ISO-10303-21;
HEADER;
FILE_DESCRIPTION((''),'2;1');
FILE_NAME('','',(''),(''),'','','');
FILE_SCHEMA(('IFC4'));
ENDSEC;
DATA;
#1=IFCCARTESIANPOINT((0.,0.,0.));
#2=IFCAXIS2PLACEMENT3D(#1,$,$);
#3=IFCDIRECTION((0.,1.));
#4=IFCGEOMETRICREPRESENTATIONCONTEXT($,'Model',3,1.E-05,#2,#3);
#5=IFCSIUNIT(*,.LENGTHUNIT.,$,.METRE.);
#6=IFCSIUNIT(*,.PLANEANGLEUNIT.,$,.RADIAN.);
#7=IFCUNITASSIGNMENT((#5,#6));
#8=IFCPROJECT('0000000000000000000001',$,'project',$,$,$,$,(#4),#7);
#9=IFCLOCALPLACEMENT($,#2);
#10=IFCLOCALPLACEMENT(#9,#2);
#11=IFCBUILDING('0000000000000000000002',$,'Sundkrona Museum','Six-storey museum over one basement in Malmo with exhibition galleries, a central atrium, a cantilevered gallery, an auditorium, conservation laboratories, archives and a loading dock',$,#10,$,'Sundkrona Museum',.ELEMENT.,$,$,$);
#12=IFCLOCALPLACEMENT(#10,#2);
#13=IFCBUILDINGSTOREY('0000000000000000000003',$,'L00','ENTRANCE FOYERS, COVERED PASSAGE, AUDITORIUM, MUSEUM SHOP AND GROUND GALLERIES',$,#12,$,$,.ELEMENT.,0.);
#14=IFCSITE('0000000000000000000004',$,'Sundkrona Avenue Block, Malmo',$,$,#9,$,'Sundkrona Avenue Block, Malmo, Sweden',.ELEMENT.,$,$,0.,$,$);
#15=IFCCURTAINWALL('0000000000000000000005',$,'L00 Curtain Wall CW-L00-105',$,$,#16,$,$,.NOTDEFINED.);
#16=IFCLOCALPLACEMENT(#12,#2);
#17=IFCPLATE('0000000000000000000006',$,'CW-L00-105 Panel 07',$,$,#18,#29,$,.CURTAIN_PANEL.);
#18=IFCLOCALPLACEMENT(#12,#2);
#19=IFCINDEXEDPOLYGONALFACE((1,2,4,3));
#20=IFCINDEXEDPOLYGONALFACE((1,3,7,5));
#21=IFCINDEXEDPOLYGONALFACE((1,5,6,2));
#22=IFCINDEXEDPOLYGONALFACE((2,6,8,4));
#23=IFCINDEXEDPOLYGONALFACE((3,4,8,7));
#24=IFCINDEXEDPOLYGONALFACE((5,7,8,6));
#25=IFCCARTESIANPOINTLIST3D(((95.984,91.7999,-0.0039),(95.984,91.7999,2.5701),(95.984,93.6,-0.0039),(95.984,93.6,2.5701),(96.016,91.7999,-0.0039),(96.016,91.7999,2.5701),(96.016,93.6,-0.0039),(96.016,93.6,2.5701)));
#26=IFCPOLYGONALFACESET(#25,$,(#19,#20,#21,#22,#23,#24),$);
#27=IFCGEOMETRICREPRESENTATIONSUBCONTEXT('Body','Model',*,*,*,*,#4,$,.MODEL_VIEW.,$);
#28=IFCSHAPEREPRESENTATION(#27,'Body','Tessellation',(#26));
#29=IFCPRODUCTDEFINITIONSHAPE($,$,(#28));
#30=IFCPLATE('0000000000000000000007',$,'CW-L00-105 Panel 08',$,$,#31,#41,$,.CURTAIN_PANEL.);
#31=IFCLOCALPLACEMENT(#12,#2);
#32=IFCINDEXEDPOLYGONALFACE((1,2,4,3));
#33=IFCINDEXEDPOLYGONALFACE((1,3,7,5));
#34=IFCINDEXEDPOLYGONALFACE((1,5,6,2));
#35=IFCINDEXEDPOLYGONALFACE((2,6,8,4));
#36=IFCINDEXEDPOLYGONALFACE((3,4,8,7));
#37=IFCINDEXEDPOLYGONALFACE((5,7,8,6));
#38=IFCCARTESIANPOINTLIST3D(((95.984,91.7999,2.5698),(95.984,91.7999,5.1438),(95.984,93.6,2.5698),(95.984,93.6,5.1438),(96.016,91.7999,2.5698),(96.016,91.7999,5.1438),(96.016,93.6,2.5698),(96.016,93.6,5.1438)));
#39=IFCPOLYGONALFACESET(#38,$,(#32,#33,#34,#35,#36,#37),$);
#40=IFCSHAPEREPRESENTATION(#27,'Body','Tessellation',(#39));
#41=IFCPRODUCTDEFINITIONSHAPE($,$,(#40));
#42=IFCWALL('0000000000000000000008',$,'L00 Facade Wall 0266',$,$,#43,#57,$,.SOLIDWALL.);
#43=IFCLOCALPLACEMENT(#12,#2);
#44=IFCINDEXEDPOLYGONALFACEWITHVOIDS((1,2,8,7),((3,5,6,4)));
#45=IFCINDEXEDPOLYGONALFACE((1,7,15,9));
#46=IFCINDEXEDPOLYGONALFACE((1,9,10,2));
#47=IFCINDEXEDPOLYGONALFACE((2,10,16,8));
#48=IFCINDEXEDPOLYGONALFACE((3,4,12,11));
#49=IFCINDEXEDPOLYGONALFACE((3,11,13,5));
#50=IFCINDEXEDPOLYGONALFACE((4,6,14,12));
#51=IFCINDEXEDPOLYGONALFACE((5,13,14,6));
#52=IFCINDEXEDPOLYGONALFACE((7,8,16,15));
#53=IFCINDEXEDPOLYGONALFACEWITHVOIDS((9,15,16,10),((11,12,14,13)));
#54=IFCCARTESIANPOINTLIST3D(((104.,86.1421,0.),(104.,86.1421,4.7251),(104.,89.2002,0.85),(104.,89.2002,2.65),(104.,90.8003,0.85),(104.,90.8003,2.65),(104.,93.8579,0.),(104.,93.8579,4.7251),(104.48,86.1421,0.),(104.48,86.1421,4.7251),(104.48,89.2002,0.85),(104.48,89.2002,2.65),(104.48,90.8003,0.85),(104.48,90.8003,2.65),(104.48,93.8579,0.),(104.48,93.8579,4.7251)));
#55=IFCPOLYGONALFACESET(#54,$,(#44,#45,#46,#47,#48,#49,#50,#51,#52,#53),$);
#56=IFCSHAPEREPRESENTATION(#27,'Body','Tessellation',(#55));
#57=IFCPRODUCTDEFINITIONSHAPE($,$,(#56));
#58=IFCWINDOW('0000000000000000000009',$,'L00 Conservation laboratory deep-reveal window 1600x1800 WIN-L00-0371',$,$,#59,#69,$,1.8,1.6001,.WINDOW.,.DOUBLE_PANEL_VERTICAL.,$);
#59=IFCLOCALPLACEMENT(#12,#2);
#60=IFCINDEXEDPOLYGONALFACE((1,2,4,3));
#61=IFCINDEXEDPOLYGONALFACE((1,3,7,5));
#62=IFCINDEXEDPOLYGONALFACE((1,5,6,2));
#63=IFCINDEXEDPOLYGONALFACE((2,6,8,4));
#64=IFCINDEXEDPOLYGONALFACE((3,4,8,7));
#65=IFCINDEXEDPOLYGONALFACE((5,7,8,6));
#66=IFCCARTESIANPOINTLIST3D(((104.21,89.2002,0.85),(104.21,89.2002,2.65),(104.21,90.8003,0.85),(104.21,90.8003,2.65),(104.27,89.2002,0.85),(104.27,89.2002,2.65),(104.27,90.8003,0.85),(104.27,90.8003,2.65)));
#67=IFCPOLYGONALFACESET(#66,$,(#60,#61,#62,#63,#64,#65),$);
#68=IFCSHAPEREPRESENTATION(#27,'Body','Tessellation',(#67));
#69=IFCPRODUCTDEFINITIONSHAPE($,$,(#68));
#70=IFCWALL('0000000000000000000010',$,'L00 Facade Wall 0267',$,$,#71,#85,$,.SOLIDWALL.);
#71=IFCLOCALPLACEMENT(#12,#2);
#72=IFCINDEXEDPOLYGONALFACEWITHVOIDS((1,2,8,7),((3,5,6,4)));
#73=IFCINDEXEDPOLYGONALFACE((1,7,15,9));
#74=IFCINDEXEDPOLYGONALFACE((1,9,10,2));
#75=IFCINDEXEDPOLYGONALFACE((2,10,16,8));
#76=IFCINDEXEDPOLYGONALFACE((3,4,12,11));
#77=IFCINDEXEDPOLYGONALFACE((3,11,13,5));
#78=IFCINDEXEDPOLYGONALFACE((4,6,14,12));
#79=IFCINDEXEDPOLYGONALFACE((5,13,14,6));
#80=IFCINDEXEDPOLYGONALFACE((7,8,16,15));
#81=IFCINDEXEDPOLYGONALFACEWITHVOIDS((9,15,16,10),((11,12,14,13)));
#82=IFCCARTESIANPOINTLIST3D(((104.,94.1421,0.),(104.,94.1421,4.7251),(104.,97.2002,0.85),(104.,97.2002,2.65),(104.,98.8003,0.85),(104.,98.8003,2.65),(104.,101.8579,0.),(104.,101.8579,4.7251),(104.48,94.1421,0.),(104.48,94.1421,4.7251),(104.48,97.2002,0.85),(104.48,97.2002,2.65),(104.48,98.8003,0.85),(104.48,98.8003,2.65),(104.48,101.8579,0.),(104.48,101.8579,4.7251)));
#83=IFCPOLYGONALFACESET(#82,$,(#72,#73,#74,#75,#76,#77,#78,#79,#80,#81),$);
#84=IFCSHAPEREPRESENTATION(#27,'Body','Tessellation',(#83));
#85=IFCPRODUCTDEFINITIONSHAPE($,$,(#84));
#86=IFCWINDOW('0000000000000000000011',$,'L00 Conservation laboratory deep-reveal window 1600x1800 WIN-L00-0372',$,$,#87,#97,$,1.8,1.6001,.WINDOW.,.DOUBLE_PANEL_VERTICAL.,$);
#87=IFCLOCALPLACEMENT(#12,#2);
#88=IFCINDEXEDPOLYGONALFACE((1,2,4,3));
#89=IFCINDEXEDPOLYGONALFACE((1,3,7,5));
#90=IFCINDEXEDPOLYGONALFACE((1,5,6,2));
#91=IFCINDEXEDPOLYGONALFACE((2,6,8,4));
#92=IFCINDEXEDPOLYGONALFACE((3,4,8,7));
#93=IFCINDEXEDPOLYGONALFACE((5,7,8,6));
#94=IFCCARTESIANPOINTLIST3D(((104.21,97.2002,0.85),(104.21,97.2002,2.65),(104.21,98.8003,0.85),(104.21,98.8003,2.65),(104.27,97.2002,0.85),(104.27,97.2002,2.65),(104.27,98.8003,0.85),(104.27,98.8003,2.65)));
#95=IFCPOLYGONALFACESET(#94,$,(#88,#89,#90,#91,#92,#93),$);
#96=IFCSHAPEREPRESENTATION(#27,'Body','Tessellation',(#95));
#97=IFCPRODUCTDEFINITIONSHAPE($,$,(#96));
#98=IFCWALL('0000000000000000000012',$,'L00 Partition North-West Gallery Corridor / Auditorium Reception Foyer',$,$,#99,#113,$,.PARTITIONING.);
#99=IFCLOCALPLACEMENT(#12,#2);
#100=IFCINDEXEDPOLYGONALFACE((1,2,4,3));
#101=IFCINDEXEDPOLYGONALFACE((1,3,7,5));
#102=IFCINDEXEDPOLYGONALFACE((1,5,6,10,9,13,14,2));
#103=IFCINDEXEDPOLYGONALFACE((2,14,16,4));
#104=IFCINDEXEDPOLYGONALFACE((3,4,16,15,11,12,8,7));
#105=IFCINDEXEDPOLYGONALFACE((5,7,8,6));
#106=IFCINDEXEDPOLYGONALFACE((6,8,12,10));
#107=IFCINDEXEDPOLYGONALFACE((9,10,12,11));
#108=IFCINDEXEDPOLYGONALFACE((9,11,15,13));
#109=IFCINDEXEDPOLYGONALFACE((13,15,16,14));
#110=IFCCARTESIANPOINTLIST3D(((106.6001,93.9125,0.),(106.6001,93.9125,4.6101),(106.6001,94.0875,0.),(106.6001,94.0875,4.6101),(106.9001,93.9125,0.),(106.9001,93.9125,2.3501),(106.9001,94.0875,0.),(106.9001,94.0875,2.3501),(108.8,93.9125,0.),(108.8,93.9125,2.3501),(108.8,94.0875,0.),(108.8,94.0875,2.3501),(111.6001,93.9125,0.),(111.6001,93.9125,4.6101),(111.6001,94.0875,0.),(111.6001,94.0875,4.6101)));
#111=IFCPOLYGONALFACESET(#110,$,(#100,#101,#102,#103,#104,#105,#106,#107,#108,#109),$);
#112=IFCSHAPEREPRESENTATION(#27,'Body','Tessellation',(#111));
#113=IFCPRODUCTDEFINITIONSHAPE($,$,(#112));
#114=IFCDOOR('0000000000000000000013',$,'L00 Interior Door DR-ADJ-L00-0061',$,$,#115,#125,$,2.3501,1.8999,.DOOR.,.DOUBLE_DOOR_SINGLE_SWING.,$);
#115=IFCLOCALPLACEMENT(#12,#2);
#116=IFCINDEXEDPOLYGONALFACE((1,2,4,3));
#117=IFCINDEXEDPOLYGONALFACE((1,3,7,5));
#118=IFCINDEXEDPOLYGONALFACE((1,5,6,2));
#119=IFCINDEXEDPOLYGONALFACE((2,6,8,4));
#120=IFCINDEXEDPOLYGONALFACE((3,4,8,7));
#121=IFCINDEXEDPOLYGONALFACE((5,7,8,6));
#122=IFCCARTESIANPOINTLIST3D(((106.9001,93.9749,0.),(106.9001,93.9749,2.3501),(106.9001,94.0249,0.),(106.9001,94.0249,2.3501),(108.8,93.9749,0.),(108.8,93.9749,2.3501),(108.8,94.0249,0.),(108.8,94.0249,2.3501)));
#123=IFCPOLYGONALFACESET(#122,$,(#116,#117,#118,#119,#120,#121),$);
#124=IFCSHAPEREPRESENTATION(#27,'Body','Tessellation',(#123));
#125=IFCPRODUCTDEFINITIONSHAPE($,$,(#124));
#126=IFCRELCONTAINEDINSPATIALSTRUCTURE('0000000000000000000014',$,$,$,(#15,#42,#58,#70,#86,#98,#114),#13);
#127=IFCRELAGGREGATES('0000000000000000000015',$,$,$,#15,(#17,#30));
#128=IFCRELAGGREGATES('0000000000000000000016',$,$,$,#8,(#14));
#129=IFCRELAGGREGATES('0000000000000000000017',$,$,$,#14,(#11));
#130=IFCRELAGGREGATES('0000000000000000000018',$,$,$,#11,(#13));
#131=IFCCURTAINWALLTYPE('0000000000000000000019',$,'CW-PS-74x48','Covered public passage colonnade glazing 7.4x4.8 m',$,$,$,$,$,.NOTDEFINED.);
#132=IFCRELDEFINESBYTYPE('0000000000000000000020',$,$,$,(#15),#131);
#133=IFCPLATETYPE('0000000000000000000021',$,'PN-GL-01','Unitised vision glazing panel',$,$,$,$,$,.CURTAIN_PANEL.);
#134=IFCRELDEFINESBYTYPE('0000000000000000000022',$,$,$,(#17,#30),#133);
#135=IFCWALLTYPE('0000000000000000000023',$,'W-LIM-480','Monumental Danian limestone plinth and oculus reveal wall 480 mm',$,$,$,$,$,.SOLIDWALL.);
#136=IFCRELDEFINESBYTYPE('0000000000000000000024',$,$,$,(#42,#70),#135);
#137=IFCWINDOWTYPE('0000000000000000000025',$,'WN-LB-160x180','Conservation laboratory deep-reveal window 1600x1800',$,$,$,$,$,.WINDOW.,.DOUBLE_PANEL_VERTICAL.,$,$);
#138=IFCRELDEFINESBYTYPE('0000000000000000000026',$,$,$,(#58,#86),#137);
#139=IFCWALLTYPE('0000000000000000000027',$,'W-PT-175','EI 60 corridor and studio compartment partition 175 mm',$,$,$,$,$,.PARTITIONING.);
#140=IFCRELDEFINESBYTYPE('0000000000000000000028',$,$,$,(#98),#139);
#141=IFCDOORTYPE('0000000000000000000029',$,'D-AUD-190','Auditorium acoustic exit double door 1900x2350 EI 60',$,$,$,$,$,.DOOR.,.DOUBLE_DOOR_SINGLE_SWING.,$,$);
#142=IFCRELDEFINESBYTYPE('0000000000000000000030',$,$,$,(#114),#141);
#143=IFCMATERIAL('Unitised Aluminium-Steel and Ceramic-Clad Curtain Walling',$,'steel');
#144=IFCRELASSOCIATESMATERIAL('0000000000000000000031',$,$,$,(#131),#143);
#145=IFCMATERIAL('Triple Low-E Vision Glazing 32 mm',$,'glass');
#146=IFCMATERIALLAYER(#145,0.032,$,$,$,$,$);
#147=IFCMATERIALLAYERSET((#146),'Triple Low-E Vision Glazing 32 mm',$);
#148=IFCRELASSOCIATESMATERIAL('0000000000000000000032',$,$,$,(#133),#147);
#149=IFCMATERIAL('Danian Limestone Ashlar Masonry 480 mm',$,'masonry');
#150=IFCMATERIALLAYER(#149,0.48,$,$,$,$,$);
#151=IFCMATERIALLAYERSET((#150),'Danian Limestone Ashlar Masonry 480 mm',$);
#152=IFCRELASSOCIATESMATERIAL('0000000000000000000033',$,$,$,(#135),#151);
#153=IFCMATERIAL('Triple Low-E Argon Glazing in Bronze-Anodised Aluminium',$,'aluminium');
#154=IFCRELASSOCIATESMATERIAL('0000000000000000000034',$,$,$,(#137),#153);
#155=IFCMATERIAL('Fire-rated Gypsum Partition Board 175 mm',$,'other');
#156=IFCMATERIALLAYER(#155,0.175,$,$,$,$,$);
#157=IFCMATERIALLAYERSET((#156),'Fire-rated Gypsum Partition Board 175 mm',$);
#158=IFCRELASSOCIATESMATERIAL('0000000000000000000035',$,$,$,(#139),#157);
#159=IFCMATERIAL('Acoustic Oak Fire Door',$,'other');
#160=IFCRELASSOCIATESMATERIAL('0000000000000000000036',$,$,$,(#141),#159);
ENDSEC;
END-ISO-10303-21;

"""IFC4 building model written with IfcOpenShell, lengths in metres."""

from ifc_helpers import new_model, si_unit, direction, frame, frame_2d, origin, origin_2d, place, context, subcontext, project, spatial, rectangle, extrude, material, layer, layer_set, type_object, element, fill, aggregate, save


model = new_model("IFC4")

# Units and contexts
model_context = context("Model", 3, precision=1e-05, world=origin(), true_north=direction((0.0, 1.0)))
body_context = subcontext(model_context, "Body", "Model", "MODEL_VIEW")
ifc_project = project(units=[si_unit("LENGTHUNIT", "METRE"), si_unit("PLANEANGLEUNIT", "RADIAN")], contexts=[model_context])

# Site, building, storey
site_placement = place(None, origin())
site = spatial("IfcSite", under=ifc_project, at=site_placement, Name="Sundkrona Avenue Block, Malmo", LongName="Sundkrona Avenue Block, Malmo, Sweden", CompositionType="ELEMENT", RefElevation=0.0)
building_placement = place(site_placement, origin())
building = spatial("IfcBuilding", under=site, at=building_placement, Name="Sundkrona Museum", Description="Six-storey museum over one basement in Malmo with exhibition galleries, a central atrium, a cantilevered gallery, an auditorium, conservation laboratories, archives and a loading dock", LongName="Sundkrona Museum", CompositionType="ELEMENT")
storey_placement = place(building_placement, origin())
storey = spatial("IfcBuildingStorey", under=building, at=storey_placement, Name="L00", Description="ENTRANCE FOYERS, COVERED PASSAGE, AUDITORIUM, MUSEUM SHOP AND GROUND GALLERIES", CompositionType="ELEMENT", Elevation=0.0)

# Curtain wall
ifc_material_1 = material(Name="Unitised Aluminium-Steel and Ceramic-Clad Curtain Walling", Category="steel")
curtain_wall_type = type_object("IfcCurtainWallType", Name="CW-PS-74x48", Description="Covered public passage colonnade glazing 7.4x4.8 m", PredefinedType="NOTDEFINED", material=ifc_material_1)
curtain_wall_1_placement = place(storey_placement, origin())
curtain_wall_1 = element("IfcCurtainWall", 1, at=curtain_wall_1_placement, inside=storey, type_object=curtain_wall_type, Name="L00 Curtain Wall CW-L00-105", PredefinedType="NOTDEFINED")

# Plates
ifc_material_2 = material(Name="Triple Low-E Vision Glazing 32 mm", Category="glass")
ifc_layer_1 = layer(ifc_material_2, 0.032)
ifc_layer_set_1 = layer_set([ifc_layer_1], Name="Triple Low-E Vision Glazing 32 mm")
plate_type = type_object("IfcPlateType", Name="PN-GL-01", Description="Unitised vision glazing panel", PredefinedType="CURTAIN_PANEL", material=ifc_layer_set_1)
plate_1_placement = place(storey_placement, frame((96.0, 92.7, -0.0039), z_axis=(0.0, 0.0, 1.0), x_axis=(0.0, 1.0, 0.0)))
plate_1 = element("IfcPlate", 2, at=plate_1_placement, type_object=plate_type, Name="CW-L00-105 Panel 07", PredefinedType="CURTAIN_PANEL", context=body_context, shape_type="SweptSolid", body=[
    extrude(rectangle(XDim=1.8, YDim=0.032, at=origin_2d()), origin(), (0.0, 0.0, 1.0), 2.574),
])
plate_2_placement = place(storey_placement, frame((96.0, 92.7, 2.5698), z_axis=(0.0, 0.0, 1.0), x_axis=(0.0, 1.0, 0.0)))
plate_2 = element("IfcPlate", 3, at=plate_2_placement, type_object=plate_type, Name="CW-L00-105 Panel 08", PredefinedType="CURTAIN_PANEL", context=body_context, shape_type="SweptSolid", body=[
    extrude(rectangle(XDim=1.8, YDim=0.032, at=origin_2d()), origin(), (0.0, 0.0, 1.0), 2.574),
])
aggregate(curtain_wall_1, [plate_1, plate_2])

# Walls, openings, windows
ifc_material_3 = material(Name="Danian Limestone Ashlar Masonry 480 mm", Category="masonry")
ifc_layer_2 = layer(ifc_material_3, 0.48)
ifc_layer_set_2 = layer_set([ifc_layer_2], Name="Danian Limestone Ashlar Masonry 480 mm")
wall_type_1 = type_object("IfcWallType", Name="W-LIM-480", Description="Monumental Danian limestone plinth and oculus reveal wall 480 mm", PredefinedType="SOLIDWALL", material=ifc_layer_set_2)
wall_1_placement = place(storey_placement, frame((104.24, 86.1421, 0.0), z_axis=(0.0, 0.0, 1.0), x_axis=(0.0, 1.0, 0.0)))
wall_1 = element("IfcWall", 4, at=wall_1_placement, inside=storey, type_object=wall_type_1, Name="L00 Facade Wall 0266", PredefinedType="SOLIDWALL", context=body_context, shape_type="SweptSolid", body=[
    extrude(rectangle(XDim=7.7158, YDim=0.48, at=frame_2d((3.8579, 0.0))), origin(), (0.0, 0.0, 1.0), 4.7251),
])
opening_1_placement = place(wall_1_placement, frame((3.0581, 0.0, 0.8501)))
opening_1 = element("IfcOpeningElement", 5, at=opening_1_placement, cuts=wall_1, PredefinedType="OPENING", context=body_context, shape_type="SweptSolid", body=[
    extrude(rectangle(XDim=1.6001, YDim=1.8, at=frame_2d((0.8, 0.8999))), frame((0.0, 0.25, 0.0), z_axis=(0.0, -1.0, 0.0), x_axis=(1.0, 0.0, 0.0)), (0.0, 0.0, 1.0), 0.5),
])
ifc_material_4 = material(Name="Triple Low-E Argon Glazing in Bronze-Anodised Aluminium", Category="aluminium")
window_type = type_object("IfcWindowType", Name="WN-LB-160x180", Description="Conservation laboratory deep-reveal window 1600x1800", PartitioningType="DOUBLE_PANEL_VERTICAL", PredefinedType="WINDOW", material=ifc_material_4)
window_1_placement = place(opening_1_placement, origin())
window_1 = element("IfcWindow", 6, at=window_1_placement, inside=storey, type_object=window_type, Name="L00 Conservation laboratory deep-reveal window 1600x1800 WIN-L00-0371", OverallHeight=1.8, OverallWidth=1.6001, PartitioningType="DOUBLE_PANEL_VERTICAL", PredefinedType="WINDOW", context=body_context, shape_type="SweptSolid", body=[
    extrude(rectangle(XDim=1.6001, YDim=1.8, at=frame_2d((0.8, 0.8999))), frame((0.0, 0.03, 0.0), z_axis=(0.0, -1.0, 0.0), x_axis=(1.0, 0.0, 0.0)), (0.0, 0.0, 1.0), 0.0601),
])
fill(opening_1, window_1)
wall_2_placement = place(storey_placement, frame((104.24, 94.1421, 0.0), z_axis=(0.0, 0.0, 1.0), x_axis=(0.0, 1.0, 0.0)))
wall_2 = element("IfcWall", 7, at=wall_2_placement, inside=storey, type_object=wall_type_1, Name="L00 Facade Wall 0267", PredefinedType="SOLIDWALL", context=body_context, shape_type="SweptSolid", body=[
    extrude(rectangle(XDim=7.7158, YDim=0.48, at=frame_2d((3.8579, 0.0))), origin(), (0.0, 0.0, 1.0), 4.7251),
])
opening_2_placement = place(wall_2_placement, frame((3.0581, 0.0, 0.8501)))
opening_2 = element("IfcOpeningElement", 8, at=opening_2_placement, cuts=wall_2, PredefinedType="OPENING", context=body_context, shape_type="SweptSolid", body=[
    extrude(rectangle(XDim=1.6001, YDim=1.8, at=frame_2d((0.8, 0.8999))), frame((0.0, 0.25, 0.0), z_axis=(0.0, -1.0, 0.0), x_axis=(1.0, 0.0, 0.0)), (0.0, 0.0, 1.0), 0.5),
])
window_2_placement = place(opening_2_placement, origin())
window_2 = element("IfcWindow", 9, at=window_2_placement, inside=storey, type_object=window_type, Name="L00 Conservation laboratory deep-reveal window 1600x1800 WIN-L00-0372", OverallHeight=1.8, OverallWidth=1.6001, PartitioningType="DOUBLE_PANEL_VERTICAL", PredefinedType="WINDOW", context=body_context, shape_type="SweptSolid", body=[
    extrude(rectangle(XDim=1.6001, YDim=1.8, at=frame_2d((0.8, 0.8999))), frame((0.0, 0.03, 0.0), z_axis=(0.0, -1.0, 0.0), x_axis=(1.0, 0.0, 0.0)), (0.0, 0.0, 1.0), 0.0601),
])
fill(opening_2, window_2)

# Wall, opening, door
ifc_material_5 = material(Name="Fire-rated Gypsum Partition Board 175 mm", Category="other")
ifc_layer_3 = layer(ifc_material_5, 0.175)
ifc_layer_set_3 = layer_set([ifc_layer_3], Name="Fire-rated Gypsum Partition Board 175 mm")
wall_type_2 = type_object("IfcWallType", Name="W-PT-175", Description="EI 60 corridor and studio compartment partition 175 mm", PredefinedType="PARTITIONING", material=ifc_layer_set_3)
wall_3_placement = place(storey_placement, frame((106.6001, 94.0, 0.0), z_axis=(0.0, 0.0, 1.0), x_axis=(1.0, 0.0, 0.0)))
wall_3 = element("IfcWall", 10, at=wall_3_placement, inside=storey, type_object=wall_type_2, Name="L00 Partition North-West Gallery Corridor / Auditorium Reception Foyer", PredefinedType="PARTITIONING", context=body_context, shape_type="SweptSolid", body=[
    extrude(rectangle(XDim=5.0, YDim=0.175, at=frame_2d((2.5, 0.0))), origin(), (0.0, 0.0, 1.0), 4.6101),
])
opening_3_placement = place(wall_3_placement, frame((0.3, 0.0, 0.0)))
opening_3 = element("IfcOpeningElement", 11, at=opening_3_placement, cuts=wall_3, PredefinedType="OPENING", context=body_context, shape_type="SweptSolid", body=[
    extrude(rectangle(XDim=1.8999, YDim=2.3501, at=frame_2d((0.95, 1.175))), frame((0.0, 0.0974, 0.0), z_axis=(0.0, -1.0, 0.0), x_axis=(1.0, 0.0, 0.0)), (0.0, 0.0, 1.0), 0.1951),
])
ifc_material_6 = material(Name="Acoustic Oak Fire Door", Category="other")
door_type = type_object("IfcDoorType", Name="D-AUD-190", Description="Auditorium acoustic exit double door 1900x2350 EI 60", OperationType="DOUBLE_DOOR_SINGLE_SWING", PredefinedType="DOOR", material=ifc_material_6)
door_placement = place(opening_3_placement, origin())
door = element("IfcDoor", 12, at=door_placement, inside=storey, type_object=door_type, Name="L00 Interior Door DR-ADJ-L00-0061", OperationType="DOUBLE_DOOR_SINGLE_SWING", OverallHeight=2.3501, OverallWidth=1.8999, PredefinedType="DOOR", context=body_context, shape_type="SweptSolid", body=[
    extrude(rectangle(XDim=1.8999, YDim=2.3501, at=frame_2d((0.95, 1.175))), frame((0.0, 0.0249, 0.0), z_axis=(0.0, -1.0, 0.0), x_axis=(1.0, 0.0, 0.0)), (0.0, 0.0, 1.0), 0.05),
])
fill(opening_3, door)

save(model, "model.ifc")
